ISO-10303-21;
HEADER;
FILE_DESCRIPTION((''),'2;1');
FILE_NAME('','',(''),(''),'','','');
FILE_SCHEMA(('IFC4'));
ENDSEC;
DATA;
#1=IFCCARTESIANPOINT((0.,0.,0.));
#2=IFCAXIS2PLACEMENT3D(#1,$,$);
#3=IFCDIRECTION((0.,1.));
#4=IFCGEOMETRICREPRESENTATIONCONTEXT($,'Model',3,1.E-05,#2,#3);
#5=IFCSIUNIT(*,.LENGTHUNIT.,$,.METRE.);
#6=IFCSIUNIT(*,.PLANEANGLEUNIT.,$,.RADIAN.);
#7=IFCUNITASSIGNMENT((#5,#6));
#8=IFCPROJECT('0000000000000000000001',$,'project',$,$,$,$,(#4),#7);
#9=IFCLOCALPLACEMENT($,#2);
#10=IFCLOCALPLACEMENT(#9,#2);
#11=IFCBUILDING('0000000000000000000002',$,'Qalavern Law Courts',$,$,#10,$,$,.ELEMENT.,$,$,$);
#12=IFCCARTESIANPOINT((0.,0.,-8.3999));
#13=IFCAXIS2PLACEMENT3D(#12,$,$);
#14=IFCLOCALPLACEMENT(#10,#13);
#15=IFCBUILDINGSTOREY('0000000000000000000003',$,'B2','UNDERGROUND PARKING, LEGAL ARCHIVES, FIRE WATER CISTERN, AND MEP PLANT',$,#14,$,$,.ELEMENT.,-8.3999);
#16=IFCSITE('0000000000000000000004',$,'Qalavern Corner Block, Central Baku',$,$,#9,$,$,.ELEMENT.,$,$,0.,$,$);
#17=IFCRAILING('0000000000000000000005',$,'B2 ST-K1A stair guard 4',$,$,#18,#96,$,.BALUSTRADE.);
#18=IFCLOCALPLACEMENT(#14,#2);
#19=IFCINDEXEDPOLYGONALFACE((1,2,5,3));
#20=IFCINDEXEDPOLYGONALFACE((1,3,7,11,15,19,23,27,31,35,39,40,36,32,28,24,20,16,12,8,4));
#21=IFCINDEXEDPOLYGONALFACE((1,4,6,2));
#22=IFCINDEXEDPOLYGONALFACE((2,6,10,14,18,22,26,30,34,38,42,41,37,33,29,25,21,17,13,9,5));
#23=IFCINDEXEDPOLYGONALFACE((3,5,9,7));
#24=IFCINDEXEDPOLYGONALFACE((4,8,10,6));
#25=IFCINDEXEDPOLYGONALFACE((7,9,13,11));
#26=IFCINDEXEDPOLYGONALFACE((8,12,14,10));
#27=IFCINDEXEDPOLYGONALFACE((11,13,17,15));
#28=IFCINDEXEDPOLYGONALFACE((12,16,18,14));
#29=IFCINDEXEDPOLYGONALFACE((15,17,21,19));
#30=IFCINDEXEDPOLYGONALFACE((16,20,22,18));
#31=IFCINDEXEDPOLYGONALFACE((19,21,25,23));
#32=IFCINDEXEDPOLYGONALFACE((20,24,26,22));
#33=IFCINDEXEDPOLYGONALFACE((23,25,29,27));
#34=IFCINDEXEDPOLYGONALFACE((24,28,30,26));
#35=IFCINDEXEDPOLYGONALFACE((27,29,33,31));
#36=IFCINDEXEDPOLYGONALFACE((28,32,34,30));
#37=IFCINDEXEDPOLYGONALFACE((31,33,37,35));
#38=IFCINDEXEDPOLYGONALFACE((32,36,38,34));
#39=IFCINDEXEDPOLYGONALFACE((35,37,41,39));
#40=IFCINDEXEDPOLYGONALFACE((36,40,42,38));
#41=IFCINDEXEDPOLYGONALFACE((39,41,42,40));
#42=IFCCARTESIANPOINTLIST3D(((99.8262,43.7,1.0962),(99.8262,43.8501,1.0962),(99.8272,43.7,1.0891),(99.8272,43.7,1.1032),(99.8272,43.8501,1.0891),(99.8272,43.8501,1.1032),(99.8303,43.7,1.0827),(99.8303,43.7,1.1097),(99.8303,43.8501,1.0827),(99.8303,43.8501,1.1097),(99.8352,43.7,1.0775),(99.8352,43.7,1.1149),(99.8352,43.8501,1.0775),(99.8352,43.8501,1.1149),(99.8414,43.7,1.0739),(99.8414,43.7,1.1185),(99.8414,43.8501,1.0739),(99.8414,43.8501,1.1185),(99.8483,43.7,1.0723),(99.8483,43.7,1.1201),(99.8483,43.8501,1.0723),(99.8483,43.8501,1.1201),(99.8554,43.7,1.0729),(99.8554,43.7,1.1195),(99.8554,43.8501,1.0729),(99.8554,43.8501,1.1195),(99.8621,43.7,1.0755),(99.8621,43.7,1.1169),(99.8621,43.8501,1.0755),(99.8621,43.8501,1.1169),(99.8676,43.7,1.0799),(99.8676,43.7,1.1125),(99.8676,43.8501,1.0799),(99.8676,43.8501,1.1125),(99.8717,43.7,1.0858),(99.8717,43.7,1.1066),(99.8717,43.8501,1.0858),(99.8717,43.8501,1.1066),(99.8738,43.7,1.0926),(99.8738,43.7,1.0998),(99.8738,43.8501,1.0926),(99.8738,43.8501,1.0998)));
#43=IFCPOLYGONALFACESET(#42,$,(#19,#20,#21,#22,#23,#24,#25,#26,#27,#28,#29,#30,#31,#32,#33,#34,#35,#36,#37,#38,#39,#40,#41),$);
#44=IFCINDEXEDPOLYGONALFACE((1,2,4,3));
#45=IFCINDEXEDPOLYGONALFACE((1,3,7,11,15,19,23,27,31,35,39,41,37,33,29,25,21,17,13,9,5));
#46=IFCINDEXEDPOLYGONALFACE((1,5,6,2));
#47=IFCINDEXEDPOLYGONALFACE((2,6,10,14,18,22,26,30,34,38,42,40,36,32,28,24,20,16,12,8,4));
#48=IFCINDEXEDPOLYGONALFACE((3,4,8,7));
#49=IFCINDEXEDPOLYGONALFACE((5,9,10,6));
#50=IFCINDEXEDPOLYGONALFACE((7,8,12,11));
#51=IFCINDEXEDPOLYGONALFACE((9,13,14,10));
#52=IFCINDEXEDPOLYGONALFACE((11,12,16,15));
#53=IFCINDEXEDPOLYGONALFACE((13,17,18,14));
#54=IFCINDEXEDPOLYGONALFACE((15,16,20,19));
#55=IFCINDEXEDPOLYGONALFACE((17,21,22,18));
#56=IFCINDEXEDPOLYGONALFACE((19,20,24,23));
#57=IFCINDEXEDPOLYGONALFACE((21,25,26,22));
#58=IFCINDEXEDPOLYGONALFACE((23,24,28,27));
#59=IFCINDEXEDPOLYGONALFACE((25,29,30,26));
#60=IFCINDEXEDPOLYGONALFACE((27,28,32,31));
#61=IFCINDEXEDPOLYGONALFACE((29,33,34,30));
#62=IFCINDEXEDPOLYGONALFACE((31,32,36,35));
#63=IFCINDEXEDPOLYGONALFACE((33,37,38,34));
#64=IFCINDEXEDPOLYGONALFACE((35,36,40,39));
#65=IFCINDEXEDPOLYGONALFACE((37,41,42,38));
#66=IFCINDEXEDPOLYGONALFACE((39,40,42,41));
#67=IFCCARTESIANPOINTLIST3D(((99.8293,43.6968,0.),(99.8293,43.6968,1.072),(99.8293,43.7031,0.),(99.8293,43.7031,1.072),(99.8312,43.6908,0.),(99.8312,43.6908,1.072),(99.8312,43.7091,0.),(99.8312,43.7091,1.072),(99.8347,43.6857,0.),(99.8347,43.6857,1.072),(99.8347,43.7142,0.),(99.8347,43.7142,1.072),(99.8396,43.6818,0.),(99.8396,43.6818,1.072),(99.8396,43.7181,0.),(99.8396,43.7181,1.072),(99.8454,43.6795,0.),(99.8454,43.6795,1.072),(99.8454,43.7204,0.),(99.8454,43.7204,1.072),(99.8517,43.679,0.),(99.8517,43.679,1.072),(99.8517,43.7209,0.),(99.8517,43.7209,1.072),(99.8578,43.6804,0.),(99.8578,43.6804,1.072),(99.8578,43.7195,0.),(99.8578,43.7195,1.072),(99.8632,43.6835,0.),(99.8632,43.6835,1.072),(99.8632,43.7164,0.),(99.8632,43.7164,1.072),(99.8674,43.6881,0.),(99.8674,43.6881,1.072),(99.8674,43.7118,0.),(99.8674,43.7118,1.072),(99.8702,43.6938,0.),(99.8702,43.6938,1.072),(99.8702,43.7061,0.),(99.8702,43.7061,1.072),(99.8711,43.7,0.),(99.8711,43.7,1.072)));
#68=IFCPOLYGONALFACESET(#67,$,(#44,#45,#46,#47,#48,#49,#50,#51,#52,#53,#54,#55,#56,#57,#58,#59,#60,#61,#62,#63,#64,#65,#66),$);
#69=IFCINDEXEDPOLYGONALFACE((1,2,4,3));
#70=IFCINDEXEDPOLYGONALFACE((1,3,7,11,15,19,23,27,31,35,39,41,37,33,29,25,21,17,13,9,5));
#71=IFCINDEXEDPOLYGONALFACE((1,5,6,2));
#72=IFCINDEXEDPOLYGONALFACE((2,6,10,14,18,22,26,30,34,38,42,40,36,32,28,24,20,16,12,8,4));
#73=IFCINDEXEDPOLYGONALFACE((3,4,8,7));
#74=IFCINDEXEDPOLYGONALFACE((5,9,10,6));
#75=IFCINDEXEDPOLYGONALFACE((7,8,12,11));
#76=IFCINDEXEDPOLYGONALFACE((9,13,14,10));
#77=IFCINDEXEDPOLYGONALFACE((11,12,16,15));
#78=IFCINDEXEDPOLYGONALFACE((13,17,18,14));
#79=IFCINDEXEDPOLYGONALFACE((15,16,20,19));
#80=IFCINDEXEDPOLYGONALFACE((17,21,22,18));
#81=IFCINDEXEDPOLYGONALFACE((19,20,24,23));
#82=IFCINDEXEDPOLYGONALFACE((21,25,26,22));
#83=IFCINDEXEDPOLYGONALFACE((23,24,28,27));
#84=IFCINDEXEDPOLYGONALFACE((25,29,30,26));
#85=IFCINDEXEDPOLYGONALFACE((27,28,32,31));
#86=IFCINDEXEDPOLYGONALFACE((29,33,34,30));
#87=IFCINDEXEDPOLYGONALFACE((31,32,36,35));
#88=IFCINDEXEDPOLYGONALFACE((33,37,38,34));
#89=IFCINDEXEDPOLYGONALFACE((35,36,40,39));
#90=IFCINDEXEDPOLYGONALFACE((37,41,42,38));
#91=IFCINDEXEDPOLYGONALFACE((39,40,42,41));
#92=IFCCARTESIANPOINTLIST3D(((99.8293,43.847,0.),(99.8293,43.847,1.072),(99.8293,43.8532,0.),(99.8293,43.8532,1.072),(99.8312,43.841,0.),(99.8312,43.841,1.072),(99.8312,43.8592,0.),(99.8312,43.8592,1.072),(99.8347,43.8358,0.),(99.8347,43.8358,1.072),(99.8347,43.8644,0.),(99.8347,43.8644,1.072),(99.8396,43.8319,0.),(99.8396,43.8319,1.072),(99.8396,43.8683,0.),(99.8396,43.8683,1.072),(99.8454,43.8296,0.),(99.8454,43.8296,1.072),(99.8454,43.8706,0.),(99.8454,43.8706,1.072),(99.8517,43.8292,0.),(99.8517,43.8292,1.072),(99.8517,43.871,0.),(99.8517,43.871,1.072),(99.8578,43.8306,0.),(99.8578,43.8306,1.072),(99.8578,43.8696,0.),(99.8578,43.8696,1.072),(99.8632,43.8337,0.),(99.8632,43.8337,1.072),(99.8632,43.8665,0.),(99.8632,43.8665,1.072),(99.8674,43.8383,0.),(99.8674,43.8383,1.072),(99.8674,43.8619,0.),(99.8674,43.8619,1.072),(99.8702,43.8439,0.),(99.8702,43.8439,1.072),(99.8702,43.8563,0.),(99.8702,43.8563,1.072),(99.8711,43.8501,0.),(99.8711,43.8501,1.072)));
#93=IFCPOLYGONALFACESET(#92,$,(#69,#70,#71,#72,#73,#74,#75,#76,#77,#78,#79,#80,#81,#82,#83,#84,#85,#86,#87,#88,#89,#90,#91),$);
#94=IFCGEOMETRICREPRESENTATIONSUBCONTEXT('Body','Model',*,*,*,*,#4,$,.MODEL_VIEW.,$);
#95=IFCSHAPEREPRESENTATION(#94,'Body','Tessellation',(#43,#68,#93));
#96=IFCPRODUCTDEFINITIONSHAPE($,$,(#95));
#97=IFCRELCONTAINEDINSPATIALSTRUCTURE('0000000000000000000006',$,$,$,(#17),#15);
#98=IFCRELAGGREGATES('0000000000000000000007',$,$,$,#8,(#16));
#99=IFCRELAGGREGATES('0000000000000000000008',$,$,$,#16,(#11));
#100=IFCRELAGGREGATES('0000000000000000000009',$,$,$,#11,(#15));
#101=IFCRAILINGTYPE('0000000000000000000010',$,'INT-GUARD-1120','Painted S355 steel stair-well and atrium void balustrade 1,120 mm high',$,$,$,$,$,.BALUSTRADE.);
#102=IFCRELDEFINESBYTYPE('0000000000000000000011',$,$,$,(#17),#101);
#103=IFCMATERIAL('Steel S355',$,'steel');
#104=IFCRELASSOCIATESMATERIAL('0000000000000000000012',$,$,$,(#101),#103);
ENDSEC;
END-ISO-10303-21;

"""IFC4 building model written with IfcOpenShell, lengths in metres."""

from ifc_helpers import new_model, si_unit, direction, frame, origin, origin_2d, place, context, subcontext, project, spatial, circle, extrude, material, type_object, element, save


model = new_model("IFC4")

# Units and contexts
model_context = context("Model", 3, precision=1e-05, world=origin(), true_north=direction((0.0, 1.0)))
body_context = subcontext(model_context, "Body", "Model", "MODEL_VIEW")
ifc_project = project(units=[si_unit("LENGTHUNIT", "METRE"), si_unit("PLANEANGLEUNIT", "RADIAN")], contexts=[model_context])

# Site, building, storey
site_placement = place(None, origin())
site = spatial("IfcSite", under=ifc_project, at=site_placement, Name="Qalavern Corner Block, Central Baku", CompositionType="ELEMENT", RefElevation=0.0)
building_placement = place(site_placement, origin())
building = spatial("IfcBuilding", under=site, at=building_placement, Name="Qalavern Law Courts", CompositionType="ELEMENT")
storey_placement = place(building_placement, frame((0.0, 0.0, -8.3999)))
storey = spatial("IfcBuildingStorey", under=building, at=storey_placement, Name="B2", Description="UNDERGROUND PARKING, LEGAL ARCHIVES, FIRE WATER CISTERN, AND MEP PLANT", CompositionType="ELEMENT", Elevation=-8.3999)

# Railing
ifc_material_1 = material(Name="Steel S355", Category="steel")
railing_type_1 = type_object("IfcRailingType", Name="INT-GUARD-1120", Description="Painted S355 steel stair-well and atrium void balustrade 1,120 mm high", PredefinedType="BALUSTRADE", material=ifc_material_1)
railing_1_placement = place(storey_placement, frame((99.8501, 43.7, 0.0)))
element("IfcRailing", 1, at=railing_1_placement, inside=storey, type_object=railing_type_1, Name="B2 ST-K1A stair guard 4", PredefinedType="BALUSTRADE", context=body_context, shape_type="SweptSolid", body=[
    extrude(circle(Radius=0.0239, at=origin_2d()), frame((0.0, 0.0, 1.0962), z_axis=(0.0, 1.0, 0.0), x_axis=(-1.0, 0.0, 0.0)), (0.0, 0.0, 1.0), 0.1501),
    extrude(circle(Radius=0.021, at=origin_2d()), origin(), (0.0, 0.0, 1.0), 1.072),
    extrude(circle(Radius=0.021, at=origin_2d()), frame((0.0, 0.1501, 0.0)), (0.0, 0.0, 1.0), 1.072),
])

save(model, "model.ifc")
